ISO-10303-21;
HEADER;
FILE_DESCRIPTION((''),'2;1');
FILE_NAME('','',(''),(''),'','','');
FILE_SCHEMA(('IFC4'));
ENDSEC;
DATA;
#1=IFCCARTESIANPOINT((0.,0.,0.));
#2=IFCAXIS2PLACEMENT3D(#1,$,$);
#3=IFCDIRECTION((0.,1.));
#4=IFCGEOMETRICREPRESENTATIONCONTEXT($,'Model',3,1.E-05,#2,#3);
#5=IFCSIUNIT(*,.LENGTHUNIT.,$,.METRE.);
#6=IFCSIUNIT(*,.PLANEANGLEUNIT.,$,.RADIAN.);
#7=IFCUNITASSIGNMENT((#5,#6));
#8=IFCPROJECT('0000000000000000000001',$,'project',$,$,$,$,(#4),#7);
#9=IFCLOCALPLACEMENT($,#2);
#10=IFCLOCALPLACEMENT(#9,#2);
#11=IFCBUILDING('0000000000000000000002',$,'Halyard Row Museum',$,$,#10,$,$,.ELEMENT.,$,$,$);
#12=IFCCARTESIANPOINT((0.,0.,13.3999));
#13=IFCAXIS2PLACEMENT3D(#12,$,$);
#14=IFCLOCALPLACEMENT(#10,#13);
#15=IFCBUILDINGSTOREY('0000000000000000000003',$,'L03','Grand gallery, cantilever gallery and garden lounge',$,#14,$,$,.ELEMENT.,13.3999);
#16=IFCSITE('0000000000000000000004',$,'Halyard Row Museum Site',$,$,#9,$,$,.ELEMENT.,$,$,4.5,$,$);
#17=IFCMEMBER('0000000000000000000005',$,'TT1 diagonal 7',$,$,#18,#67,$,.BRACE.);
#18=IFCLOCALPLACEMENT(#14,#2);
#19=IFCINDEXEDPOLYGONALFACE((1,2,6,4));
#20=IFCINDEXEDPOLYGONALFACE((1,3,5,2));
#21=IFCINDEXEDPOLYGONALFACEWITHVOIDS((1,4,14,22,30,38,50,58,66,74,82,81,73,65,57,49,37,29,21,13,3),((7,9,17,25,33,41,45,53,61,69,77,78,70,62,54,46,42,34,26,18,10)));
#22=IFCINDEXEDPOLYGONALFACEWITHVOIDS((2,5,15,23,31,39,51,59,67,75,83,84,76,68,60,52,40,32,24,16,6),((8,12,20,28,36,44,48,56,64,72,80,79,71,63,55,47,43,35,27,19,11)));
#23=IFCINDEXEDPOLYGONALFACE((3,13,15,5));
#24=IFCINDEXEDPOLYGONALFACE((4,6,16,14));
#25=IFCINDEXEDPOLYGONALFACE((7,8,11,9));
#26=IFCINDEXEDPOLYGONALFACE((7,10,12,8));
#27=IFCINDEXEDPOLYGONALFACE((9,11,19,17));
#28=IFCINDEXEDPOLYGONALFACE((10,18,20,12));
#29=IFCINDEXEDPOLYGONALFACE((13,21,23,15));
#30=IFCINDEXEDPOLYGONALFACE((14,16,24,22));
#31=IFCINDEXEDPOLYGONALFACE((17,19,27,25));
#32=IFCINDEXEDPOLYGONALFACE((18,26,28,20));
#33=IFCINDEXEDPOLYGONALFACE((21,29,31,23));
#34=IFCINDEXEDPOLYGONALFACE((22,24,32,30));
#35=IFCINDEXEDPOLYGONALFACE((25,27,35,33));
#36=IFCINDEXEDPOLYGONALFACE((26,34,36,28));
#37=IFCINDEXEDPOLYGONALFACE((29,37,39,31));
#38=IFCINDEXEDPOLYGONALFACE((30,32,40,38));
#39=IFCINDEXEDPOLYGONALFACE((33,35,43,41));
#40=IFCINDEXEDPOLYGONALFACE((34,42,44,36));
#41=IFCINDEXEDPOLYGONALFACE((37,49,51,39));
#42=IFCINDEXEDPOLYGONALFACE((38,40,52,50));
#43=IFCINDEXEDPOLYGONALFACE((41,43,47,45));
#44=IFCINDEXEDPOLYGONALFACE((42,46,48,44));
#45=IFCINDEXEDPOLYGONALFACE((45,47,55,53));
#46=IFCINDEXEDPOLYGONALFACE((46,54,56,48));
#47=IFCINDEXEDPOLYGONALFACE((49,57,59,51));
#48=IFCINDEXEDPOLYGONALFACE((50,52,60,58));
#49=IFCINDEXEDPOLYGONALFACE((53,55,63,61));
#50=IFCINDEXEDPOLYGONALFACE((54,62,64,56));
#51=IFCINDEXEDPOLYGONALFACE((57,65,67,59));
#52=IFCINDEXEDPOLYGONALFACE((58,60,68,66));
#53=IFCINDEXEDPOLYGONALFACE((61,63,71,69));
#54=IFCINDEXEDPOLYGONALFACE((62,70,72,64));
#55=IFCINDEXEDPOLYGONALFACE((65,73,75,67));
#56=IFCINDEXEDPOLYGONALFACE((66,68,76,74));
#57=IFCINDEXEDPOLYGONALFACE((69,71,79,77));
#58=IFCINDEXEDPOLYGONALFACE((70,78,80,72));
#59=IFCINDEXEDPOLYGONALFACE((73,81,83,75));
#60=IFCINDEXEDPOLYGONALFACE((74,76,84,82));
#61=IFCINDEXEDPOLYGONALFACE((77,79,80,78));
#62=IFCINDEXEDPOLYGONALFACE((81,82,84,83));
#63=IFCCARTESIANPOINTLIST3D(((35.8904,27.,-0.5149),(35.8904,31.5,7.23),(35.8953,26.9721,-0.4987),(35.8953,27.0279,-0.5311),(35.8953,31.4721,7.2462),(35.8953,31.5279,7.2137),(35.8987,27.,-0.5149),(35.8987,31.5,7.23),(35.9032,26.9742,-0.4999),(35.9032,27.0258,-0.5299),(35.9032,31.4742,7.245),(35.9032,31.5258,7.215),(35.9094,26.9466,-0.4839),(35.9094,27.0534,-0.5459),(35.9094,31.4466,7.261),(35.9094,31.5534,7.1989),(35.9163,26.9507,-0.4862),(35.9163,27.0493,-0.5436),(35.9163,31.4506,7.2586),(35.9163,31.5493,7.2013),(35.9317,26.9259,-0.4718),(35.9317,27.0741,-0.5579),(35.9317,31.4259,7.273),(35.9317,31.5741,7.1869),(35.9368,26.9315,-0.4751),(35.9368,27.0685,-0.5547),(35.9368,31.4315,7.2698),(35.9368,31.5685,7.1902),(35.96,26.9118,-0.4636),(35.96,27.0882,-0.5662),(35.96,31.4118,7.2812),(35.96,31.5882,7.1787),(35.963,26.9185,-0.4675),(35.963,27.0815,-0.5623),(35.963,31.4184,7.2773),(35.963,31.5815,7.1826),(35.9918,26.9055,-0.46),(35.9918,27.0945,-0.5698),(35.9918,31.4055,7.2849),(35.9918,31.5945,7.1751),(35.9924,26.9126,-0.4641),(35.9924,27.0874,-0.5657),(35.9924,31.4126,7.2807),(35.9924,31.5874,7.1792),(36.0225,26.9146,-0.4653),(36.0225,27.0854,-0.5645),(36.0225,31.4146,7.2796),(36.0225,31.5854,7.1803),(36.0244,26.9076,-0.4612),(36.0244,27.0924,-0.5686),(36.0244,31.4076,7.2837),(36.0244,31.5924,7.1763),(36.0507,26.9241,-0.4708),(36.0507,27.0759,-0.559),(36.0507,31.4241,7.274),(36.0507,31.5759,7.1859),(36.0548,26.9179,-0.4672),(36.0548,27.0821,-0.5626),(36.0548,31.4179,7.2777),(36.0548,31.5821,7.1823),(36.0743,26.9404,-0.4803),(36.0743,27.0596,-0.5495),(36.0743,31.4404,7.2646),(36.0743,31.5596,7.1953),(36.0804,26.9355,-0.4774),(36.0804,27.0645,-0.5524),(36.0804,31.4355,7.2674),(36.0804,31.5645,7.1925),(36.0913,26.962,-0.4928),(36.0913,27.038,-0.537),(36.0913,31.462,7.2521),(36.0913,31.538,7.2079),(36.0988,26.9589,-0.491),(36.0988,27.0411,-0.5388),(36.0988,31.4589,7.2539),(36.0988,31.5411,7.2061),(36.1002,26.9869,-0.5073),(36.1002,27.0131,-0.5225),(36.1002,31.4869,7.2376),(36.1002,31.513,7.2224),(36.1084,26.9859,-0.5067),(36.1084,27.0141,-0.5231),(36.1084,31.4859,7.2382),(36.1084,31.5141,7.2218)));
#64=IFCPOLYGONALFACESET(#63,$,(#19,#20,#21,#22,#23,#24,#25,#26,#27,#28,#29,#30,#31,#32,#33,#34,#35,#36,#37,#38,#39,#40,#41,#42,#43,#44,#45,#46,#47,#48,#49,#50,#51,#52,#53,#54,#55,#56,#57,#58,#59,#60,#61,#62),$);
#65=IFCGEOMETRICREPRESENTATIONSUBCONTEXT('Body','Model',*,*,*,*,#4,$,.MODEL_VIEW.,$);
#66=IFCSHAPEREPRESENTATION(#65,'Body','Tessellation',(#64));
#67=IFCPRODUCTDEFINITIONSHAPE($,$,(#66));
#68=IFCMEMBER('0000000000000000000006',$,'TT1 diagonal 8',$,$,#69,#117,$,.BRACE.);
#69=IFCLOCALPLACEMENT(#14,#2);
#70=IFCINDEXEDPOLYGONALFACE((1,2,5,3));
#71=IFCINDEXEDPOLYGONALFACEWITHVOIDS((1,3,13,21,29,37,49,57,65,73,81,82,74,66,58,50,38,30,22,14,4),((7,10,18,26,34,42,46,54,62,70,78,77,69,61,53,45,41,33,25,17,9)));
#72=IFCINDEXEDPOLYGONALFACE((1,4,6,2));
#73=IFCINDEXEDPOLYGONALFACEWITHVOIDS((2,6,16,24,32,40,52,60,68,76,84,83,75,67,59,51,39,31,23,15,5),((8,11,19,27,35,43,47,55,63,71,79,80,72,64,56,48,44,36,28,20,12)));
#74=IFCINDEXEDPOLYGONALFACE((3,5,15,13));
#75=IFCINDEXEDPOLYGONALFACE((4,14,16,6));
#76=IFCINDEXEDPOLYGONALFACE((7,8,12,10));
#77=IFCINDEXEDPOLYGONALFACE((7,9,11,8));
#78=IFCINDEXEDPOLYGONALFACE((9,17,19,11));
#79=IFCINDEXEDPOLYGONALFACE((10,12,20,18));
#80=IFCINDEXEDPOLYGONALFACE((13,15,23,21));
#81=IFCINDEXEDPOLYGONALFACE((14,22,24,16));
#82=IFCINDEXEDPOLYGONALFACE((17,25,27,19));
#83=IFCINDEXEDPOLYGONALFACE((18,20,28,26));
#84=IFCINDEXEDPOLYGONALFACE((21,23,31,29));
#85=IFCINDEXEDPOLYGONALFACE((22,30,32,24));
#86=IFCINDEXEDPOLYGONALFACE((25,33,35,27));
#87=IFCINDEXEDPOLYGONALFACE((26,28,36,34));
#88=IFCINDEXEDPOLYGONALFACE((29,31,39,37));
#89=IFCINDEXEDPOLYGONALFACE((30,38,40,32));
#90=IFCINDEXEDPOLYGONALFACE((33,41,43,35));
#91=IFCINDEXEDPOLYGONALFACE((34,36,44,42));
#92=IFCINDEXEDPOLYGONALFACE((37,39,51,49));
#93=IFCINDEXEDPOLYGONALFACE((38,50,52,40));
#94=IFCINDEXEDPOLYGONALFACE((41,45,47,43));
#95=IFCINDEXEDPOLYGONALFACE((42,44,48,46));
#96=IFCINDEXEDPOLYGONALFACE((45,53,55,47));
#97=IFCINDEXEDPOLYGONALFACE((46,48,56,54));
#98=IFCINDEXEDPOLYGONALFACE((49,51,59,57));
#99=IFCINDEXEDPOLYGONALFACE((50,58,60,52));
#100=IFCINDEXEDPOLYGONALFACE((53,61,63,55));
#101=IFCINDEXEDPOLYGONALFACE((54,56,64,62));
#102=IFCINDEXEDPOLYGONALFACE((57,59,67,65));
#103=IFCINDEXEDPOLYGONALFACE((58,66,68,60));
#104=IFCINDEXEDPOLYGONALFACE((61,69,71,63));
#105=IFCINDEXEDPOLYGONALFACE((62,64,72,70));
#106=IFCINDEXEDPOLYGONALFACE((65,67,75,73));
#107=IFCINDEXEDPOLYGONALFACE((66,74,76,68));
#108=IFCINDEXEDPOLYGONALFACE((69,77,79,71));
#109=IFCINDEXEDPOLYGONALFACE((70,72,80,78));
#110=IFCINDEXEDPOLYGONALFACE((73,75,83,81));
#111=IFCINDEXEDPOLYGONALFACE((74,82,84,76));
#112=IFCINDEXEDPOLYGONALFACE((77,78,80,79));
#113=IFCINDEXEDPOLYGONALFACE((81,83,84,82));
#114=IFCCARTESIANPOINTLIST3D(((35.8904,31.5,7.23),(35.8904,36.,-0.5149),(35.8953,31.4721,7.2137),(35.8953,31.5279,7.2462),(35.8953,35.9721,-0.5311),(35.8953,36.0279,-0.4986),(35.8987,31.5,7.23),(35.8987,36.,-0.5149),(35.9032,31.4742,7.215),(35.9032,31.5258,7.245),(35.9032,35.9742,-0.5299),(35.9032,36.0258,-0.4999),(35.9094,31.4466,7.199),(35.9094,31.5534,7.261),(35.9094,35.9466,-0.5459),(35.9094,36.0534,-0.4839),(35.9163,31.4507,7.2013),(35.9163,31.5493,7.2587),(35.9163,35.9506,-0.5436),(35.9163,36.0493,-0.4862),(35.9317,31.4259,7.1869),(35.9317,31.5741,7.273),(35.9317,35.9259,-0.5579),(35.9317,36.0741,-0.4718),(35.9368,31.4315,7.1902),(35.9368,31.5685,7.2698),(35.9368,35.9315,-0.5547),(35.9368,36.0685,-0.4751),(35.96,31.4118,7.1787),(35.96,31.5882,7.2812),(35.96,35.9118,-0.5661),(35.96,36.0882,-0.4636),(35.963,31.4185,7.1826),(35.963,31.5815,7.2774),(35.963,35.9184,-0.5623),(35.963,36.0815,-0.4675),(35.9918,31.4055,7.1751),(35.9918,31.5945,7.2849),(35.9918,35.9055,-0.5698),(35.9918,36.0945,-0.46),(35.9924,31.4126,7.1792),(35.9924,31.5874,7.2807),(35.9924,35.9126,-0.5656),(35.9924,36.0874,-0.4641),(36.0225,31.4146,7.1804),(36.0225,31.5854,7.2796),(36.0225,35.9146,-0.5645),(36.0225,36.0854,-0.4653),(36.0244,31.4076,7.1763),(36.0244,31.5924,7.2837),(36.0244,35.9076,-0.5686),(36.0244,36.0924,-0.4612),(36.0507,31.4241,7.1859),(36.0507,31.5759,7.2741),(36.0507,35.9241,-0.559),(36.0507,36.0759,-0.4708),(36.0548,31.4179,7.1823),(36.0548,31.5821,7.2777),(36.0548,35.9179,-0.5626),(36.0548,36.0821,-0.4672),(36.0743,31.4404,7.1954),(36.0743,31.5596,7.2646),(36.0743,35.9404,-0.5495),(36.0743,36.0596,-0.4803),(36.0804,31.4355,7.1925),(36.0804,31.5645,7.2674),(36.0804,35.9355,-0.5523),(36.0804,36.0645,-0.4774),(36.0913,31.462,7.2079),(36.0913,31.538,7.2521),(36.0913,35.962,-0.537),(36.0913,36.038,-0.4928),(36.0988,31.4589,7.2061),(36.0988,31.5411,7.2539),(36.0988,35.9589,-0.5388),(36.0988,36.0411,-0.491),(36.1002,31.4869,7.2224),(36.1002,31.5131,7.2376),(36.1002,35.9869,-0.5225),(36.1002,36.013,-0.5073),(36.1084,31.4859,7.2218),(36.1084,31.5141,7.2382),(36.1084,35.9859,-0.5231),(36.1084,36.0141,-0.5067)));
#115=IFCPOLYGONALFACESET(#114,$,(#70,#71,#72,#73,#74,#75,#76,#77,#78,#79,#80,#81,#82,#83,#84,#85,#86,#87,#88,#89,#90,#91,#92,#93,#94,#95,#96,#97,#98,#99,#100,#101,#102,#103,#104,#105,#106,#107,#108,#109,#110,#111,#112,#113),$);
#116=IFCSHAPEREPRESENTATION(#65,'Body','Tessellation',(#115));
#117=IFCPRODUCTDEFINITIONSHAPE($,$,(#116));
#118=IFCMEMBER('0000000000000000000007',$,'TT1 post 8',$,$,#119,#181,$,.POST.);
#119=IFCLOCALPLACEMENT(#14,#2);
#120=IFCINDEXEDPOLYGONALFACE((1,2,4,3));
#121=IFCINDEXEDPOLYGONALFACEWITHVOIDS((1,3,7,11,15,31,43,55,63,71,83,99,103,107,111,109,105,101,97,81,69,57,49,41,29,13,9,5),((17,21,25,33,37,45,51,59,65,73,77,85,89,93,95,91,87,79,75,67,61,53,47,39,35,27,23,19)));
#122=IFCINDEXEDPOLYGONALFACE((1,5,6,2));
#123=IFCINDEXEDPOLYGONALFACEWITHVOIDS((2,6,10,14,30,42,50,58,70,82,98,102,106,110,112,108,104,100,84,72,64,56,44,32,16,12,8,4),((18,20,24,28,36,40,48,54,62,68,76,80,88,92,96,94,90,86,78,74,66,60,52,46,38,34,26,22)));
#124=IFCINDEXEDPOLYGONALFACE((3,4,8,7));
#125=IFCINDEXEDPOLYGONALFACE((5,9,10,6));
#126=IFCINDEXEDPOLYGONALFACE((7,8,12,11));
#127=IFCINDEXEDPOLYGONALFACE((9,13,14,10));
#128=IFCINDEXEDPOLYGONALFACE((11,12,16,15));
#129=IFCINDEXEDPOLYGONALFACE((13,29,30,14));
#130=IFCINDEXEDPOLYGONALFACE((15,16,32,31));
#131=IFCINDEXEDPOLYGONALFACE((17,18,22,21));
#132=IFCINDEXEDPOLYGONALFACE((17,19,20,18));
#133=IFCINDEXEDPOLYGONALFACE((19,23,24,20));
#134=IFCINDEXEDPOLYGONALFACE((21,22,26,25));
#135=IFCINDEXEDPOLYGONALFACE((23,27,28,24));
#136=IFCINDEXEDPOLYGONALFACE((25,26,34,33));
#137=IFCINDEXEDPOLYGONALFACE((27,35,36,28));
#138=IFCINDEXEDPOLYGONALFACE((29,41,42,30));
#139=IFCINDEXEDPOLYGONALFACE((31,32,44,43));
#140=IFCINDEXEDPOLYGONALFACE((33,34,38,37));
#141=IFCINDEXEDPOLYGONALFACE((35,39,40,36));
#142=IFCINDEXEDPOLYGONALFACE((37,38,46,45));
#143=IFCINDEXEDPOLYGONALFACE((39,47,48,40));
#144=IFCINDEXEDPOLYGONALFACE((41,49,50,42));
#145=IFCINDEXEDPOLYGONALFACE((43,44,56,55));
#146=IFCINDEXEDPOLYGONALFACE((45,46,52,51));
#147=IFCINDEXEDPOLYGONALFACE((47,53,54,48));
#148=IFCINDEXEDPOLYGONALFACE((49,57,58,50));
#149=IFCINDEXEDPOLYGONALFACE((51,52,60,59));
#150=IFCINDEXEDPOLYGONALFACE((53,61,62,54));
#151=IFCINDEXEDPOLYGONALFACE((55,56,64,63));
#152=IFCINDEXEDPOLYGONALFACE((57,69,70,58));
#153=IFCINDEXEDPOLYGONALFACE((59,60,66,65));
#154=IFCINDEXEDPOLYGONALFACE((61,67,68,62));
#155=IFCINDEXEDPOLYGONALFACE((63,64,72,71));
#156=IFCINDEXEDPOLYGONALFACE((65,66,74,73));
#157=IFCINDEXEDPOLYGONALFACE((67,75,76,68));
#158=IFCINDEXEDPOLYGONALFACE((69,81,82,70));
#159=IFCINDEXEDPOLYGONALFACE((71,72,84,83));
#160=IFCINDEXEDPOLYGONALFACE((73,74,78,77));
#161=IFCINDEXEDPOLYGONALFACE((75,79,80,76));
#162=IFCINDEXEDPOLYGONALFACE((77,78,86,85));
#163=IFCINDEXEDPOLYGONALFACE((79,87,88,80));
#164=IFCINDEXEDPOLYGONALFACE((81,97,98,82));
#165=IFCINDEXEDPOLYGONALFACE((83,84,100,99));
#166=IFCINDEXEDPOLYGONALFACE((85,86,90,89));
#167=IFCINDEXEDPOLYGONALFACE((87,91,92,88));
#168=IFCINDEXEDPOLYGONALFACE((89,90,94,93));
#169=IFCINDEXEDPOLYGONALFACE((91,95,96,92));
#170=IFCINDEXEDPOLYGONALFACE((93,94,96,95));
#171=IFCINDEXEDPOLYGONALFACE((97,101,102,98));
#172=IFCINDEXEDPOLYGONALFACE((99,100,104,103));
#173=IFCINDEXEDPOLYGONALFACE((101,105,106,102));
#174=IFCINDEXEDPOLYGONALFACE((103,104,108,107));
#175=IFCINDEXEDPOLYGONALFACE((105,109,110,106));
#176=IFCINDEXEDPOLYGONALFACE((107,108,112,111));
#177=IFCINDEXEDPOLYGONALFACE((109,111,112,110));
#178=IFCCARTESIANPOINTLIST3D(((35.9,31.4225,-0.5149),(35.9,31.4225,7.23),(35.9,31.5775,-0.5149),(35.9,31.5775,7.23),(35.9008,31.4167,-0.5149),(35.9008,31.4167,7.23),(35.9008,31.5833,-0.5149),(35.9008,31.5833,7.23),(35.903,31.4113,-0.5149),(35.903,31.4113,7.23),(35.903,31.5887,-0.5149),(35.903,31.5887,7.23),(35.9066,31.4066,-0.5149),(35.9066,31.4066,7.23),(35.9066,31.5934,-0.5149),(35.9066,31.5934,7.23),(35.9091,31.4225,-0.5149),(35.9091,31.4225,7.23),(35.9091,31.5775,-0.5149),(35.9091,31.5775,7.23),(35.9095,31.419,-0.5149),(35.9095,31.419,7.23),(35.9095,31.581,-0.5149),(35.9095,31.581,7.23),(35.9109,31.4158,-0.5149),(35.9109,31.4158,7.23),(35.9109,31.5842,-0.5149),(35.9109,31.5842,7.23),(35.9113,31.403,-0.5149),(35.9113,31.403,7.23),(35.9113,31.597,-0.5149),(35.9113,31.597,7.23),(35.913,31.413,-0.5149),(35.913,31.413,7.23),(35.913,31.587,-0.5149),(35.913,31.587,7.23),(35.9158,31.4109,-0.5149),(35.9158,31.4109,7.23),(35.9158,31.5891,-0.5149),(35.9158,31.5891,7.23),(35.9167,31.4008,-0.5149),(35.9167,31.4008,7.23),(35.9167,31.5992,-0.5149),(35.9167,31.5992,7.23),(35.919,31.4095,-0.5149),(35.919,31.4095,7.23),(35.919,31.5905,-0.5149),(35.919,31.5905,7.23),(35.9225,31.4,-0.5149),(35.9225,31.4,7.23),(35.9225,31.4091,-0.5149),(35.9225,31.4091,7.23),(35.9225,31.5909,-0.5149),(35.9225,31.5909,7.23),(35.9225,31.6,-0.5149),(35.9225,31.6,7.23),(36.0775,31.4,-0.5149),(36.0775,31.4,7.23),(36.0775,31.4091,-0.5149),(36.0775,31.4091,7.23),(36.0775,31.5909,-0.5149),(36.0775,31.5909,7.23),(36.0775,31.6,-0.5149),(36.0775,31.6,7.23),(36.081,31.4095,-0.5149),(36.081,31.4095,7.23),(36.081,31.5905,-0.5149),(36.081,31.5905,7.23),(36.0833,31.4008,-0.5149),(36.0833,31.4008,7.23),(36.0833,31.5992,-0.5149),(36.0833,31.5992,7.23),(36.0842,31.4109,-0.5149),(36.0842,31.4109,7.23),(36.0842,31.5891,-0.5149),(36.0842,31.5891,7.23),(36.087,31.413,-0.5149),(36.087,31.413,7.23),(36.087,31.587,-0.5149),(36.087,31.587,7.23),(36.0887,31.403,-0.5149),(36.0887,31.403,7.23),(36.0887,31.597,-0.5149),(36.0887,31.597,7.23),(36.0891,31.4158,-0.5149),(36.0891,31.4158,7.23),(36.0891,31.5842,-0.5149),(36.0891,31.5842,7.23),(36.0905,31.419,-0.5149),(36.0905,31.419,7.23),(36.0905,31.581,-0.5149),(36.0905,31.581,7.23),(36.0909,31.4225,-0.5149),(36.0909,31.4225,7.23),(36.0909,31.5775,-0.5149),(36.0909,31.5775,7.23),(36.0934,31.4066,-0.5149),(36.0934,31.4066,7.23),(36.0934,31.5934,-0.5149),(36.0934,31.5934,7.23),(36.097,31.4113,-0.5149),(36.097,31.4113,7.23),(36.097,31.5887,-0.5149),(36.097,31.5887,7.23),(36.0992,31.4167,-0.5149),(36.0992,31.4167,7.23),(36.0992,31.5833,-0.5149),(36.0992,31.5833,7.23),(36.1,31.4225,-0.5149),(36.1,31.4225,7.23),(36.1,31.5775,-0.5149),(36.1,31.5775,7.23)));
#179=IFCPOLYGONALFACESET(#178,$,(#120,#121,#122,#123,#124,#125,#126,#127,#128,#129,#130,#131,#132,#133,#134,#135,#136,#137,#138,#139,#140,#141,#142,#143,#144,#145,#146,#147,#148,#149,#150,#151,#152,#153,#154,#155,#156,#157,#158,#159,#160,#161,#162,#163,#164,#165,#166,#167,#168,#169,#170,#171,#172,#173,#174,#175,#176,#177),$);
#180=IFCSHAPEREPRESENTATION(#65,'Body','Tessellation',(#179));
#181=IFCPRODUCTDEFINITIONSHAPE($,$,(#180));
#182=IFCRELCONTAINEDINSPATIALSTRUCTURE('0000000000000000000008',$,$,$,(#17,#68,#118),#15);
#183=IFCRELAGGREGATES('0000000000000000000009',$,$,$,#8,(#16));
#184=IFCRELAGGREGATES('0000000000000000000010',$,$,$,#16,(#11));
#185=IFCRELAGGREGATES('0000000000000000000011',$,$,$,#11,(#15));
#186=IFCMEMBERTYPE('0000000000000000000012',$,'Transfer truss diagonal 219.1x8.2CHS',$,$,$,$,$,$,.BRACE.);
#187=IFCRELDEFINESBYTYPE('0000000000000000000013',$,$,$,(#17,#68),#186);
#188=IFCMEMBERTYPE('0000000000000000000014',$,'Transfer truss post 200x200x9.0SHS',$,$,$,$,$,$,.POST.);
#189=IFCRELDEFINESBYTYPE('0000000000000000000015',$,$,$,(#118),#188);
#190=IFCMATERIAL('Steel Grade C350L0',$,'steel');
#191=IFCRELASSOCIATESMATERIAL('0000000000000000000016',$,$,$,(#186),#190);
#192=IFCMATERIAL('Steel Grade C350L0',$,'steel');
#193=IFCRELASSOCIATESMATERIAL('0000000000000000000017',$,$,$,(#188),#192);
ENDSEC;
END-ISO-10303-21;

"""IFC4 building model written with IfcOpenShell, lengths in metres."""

from ifc_helpers import new_model, si_unit, direction, frame, origin, origin_2d, place, context, subcontext, project, spatial, hollow_rectangle, hollow_circle, extrude, material, material_profile, profile_set, type_object, element, save


model = new_model("IFC4")

# Units and contexts
model_context = context("Model", 3, precision=1e-05, world=origin(), true_north=direction((0.0, 1.0)))
body_context = subcontext(model_context, "Body", "Model", "MODEL_VIEW")
ifc_project = project(units=[si_unit("LENGTHUNIT", "METRE"), si_unit("PLANEANGLEUNIT", "RADIAN")], contexts=[model_context])

# Site, building, storey
site_placement = place(None, origin())
site = spatial("IfcSite", under=ifc_project, at=site_placement, Name="Halyard Row Museum Site", CompositionType="ELEMENT", RefElevation=4.5)
building_placement = place(site_placement, origin())
building = spatial("IfcBuilding", under=site, at=building_placement, Name="Halyard Row Museum", CompositionType="ELEMENT")
storey_placement = place(building_placement, frame((0.0, 0.0, 13.3999)))
storey = spatial("IfcBuildingStorey", under=building, at=storey_placement, Name="L03", Description="Grand gallery, cantilever gallery and garden lounge", CompositionType="ELEMENT", Elevation=13.3999)

# Members
ifc_material_1 = material(Name="Steel Grade C350L0", Category="steel")
ifc_material_profile_1 = material_profile(ifc_material_1, hollow_circle(Radius=0.1096, WallThickness=0.0083, at=origin_2d()), Name="219.1x8.2CHS")
ifc_profile_set_1 = profile_set([ifc_material_profile_1], Name="Steel Grade C350L0")
member_type_1 = type_object("IfcMemberType", Name="Transfer truss diagonal 219.1x8.2CHS", PredefinedType="BRACE", material=ifc_profile_set_1)
for number, where, z_axis, x_axis, name in (
    (1, (36.0, 27.0, -0.5149), (0.0, 0.502384, 0.864645), (-1.0, 0.0, 0.0), "TT1 diagonal 7"),
    (2, (36.0, 31.5, 7.23), (0.0, 0.502384, -0.864645), (-1.0, 0.0, 0.0), "TT1 diagonal 8"),
):
    element("IfcMember", number, at=place(storey_placement, frame(where, z_axis=z_axis, x_axis=x_axis)), inside=storey, type_object=member_type_1, Name=name, PredefinedType="BRACE", context=body_context, shape_type="SweptSolid", body=[
        extrude(hollow_circle(Radius=0.1096, WallThickness=0.0083, at=origin_2d()), origin(), (0.0, 0.0, 1.0), 8.9573),
    ])
ifc_material_2 = material(Name="Steel Grade C350L0", Category="steel")
ifc_material_profile_2 = material_profile(ifc_material_2, hollow_rectangle(XDim=0.2, YDim=0.2, WallThickness=0.009, InnerFilletRadius=0.0134, OuterFilletRadius=0.0225, at=origin_2d()), Name="200x200x9.0SHS")
ifc_profile_set_2 = profile_set([ifc_material_profile_2], Name="Steel Grade C350L0")
member_type_2 = type_object("IfcMemberType", Name="Transfer truss post 200x200x9.0SHS", PredefinedType="POST", material=ifc_profile_set_2)
member_1_placement = place(storey_placement, frame((36.0, 31.5, -0.5149), z_axis=(0.0, 0.0, 1.0), x_axis=(1.0, 0.0, 0.0)))
element("IfcMember", 3, at=member_1_placement, inside=storey, type_object=member_type_2, Name="TT1 post 8", PredefinedType="POST", context=body_context, shape_type="SweptSolid", body=[
    extrude(hollow_rectangle(XDim=0.2, YDim=0.2, WallThickness=0.009, InnerFilletRadius=0.0134, OuterFilletRadius=0.0225, at=origin_2d()), origin(), (0.0, 0.0, 1.0), 7.7449),
])

save(model, "model.ifc")
